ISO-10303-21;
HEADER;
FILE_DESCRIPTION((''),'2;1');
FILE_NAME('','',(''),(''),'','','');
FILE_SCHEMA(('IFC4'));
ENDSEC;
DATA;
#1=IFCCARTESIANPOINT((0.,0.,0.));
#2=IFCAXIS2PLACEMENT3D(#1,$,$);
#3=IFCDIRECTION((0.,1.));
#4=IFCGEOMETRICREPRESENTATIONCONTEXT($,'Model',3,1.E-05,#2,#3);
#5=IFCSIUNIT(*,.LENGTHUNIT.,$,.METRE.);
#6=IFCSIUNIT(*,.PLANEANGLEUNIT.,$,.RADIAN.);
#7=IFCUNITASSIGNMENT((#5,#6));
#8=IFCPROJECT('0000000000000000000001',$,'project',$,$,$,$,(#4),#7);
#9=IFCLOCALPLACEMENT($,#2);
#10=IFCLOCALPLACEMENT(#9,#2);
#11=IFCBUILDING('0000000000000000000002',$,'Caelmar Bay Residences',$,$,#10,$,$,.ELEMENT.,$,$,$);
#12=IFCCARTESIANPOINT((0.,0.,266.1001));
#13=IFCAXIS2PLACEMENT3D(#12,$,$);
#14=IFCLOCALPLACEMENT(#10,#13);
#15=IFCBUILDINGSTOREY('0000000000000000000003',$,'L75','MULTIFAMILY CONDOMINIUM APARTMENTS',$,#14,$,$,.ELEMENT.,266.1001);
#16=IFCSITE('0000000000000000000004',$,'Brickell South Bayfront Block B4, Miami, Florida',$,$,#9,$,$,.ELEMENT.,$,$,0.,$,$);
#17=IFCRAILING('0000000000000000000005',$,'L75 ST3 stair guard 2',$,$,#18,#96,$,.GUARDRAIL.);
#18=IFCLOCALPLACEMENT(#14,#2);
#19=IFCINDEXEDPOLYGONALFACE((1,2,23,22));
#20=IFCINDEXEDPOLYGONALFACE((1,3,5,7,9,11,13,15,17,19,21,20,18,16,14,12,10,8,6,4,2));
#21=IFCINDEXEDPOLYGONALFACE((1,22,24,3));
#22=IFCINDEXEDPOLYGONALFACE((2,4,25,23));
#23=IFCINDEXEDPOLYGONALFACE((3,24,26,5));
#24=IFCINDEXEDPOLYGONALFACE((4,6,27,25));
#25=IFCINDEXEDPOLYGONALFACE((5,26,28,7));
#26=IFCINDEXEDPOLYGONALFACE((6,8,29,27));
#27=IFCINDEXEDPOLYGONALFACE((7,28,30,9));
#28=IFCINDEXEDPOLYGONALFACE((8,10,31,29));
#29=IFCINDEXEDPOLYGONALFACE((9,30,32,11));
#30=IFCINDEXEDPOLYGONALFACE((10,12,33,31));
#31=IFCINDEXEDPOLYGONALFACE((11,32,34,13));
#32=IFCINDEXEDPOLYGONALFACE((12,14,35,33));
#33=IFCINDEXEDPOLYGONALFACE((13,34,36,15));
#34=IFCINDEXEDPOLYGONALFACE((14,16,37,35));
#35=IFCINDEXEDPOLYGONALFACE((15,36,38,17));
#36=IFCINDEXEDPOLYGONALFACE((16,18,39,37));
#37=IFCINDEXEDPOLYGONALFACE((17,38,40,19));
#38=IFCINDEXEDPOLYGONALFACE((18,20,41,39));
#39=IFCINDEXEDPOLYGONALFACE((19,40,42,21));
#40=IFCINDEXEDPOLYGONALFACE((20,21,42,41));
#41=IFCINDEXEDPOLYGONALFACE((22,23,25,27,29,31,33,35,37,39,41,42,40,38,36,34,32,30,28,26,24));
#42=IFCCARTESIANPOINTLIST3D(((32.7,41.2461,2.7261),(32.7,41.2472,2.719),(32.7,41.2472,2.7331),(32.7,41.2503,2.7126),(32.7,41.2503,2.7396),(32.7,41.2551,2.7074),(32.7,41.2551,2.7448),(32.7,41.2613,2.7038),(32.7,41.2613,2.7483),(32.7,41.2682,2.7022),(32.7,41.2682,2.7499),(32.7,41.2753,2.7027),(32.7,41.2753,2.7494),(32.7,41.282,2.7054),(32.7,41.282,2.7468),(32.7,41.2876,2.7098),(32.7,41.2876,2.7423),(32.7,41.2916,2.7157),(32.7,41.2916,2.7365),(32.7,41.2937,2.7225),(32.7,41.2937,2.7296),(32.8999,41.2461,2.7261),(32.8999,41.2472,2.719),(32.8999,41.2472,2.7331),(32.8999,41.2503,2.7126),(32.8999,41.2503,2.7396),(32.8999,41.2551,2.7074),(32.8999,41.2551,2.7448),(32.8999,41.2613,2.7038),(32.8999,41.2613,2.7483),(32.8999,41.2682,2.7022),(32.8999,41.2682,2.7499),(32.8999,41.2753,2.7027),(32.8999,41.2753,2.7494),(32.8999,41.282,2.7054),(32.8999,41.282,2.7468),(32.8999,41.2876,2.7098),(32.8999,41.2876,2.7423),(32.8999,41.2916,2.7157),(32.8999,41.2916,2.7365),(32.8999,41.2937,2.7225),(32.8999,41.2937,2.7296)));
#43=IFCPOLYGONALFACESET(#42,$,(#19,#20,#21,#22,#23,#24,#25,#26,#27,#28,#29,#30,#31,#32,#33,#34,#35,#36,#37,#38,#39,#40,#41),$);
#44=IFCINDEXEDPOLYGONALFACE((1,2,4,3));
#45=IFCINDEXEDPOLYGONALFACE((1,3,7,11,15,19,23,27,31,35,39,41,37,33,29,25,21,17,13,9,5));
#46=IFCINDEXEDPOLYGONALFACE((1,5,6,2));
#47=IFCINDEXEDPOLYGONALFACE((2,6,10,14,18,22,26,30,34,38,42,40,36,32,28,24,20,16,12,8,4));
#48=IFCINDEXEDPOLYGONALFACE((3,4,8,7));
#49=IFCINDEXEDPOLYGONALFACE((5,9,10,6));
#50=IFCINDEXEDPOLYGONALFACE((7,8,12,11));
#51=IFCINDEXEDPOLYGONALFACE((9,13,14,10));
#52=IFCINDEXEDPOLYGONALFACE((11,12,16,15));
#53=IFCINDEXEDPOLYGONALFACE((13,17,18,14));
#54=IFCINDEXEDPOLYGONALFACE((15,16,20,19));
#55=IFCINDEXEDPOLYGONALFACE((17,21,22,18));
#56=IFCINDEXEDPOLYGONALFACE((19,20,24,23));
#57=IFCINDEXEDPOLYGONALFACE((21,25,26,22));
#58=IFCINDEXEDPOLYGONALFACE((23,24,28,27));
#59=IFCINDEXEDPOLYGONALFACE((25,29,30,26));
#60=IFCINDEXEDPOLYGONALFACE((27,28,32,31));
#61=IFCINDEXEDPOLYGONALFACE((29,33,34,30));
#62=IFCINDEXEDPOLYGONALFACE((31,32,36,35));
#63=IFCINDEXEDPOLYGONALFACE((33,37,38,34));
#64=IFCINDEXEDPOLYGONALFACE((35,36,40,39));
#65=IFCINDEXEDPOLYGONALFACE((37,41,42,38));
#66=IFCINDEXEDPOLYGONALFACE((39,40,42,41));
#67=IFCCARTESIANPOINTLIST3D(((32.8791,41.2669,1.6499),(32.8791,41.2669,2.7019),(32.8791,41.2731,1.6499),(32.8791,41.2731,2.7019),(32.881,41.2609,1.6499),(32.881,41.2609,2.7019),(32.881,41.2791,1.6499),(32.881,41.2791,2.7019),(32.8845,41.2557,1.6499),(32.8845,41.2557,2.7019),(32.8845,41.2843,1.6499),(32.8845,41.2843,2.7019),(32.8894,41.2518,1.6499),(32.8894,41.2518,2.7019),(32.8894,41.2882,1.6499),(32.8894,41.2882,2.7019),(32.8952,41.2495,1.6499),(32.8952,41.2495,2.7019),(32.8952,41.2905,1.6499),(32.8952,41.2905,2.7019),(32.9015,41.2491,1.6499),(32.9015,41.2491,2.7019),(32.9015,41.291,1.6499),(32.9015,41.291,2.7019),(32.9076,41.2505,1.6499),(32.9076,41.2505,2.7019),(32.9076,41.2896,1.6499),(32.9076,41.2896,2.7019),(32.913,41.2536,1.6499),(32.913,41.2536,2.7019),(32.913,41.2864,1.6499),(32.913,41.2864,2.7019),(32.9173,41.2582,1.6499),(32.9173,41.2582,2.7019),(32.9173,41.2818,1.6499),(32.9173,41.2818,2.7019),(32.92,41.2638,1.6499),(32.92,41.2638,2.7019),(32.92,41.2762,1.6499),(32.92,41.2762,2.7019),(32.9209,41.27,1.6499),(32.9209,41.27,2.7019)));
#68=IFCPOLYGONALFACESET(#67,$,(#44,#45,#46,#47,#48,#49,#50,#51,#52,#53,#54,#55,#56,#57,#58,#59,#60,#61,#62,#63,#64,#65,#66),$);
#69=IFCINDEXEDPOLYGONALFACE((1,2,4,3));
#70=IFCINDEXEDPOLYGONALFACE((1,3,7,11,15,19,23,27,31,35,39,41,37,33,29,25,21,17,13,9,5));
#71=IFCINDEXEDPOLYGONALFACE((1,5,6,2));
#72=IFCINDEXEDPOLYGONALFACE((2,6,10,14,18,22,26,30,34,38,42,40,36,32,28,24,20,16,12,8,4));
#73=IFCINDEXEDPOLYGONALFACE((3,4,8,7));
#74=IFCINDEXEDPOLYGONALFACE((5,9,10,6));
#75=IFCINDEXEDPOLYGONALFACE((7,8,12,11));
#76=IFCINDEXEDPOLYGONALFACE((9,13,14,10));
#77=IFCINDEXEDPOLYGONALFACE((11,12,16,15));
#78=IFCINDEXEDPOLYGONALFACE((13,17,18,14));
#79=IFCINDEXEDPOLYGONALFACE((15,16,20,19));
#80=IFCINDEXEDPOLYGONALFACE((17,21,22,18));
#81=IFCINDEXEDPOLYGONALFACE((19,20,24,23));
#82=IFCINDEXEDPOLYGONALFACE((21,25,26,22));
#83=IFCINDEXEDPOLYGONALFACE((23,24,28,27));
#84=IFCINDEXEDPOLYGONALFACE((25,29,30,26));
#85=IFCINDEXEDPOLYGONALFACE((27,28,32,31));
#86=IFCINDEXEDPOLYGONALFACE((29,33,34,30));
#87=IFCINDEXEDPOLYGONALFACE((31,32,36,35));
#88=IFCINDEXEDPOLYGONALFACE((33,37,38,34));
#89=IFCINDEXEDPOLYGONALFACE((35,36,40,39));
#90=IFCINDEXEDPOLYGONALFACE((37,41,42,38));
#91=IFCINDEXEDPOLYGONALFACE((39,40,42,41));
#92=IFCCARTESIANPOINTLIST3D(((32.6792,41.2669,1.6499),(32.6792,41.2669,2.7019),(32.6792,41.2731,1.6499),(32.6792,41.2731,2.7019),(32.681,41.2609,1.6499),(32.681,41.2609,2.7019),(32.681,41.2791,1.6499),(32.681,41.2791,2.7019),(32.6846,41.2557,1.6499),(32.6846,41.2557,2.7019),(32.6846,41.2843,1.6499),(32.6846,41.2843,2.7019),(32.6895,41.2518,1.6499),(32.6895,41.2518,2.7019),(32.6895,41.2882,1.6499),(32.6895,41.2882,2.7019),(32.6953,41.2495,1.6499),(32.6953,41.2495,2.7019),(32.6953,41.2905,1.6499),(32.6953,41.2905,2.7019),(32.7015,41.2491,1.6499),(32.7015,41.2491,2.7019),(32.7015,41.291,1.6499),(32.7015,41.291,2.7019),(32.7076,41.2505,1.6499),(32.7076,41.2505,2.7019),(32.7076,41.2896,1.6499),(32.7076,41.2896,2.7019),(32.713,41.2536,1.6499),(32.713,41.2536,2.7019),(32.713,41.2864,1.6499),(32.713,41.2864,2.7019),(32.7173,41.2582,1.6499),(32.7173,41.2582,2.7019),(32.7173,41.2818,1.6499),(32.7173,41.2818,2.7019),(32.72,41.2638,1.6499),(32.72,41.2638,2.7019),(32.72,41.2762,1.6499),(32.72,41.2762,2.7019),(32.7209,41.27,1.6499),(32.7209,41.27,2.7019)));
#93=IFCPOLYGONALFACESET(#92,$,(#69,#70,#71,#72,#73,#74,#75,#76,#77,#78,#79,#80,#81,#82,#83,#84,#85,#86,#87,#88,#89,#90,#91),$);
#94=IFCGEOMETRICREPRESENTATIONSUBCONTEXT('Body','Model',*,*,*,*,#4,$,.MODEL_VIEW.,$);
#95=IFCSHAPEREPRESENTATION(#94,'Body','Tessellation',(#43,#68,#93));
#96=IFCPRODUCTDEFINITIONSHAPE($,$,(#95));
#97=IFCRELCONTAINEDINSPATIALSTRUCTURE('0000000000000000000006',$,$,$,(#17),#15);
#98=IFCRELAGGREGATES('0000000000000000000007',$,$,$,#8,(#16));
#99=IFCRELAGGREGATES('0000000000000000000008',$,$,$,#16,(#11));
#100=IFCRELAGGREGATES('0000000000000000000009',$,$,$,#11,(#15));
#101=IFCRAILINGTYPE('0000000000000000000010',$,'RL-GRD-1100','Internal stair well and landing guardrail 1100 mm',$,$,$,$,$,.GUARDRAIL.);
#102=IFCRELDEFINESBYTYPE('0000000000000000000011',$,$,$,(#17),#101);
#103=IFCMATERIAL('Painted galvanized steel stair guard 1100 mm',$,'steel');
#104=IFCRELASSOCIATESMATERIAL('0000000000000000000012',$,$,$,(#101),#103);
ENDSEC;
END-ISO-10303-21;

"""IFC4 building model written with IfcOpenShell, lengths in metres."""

from ifc_helpers import new_model, si_unit, direction, frame, origin, origin_2d, place, context, subcontext, project, spatial, circle, extrude, material, type_object, element, save


model = new_model("IFC4")

# Units and contexts
model_context = context("Model", 3, precision=1e-05, world=origin(), true_north=direction((0.0, 1.0)))
body_context = subcontext(model_context, "Body", "Model", "MODEL_VIEW")
ifc_project = project(units=[si_unit("LENGTHUNIT", "METRE"), si_unit("PLANEANGLEUNIT", "RADIAN")], contexts=[model_context])

# Site, building, storey
site_placement = place(None, origin())
site = spatial("IfcSite", under=ifc_project, at=site_placement, Name="Brickell South Bayfront Block B4, Miami, Florida", CompositionType="ELEMENT", RefElevation=0.0)
building_placement = place(site_placement, origin())
building = spatial("IfcBuilding", under=site, at=building_placement, Name="Caelmar Bay Residences", CompositionType="ELEMENT")
storey_placement = place(building_placement, frame((0.0, 0.0, 266.1001)))
storey = spatial("IfcBuildingStorey", under=building, at=storey_placement, Name="L75", Description="MULTIFAMILY CONDOMINIUM APARTMENTS", CompositionType="ELEMENT", Elevation=266.1001)

# Railing
ifc_material_1 = material(Name="Painted galvanized steel stair guard 1100 mm", Category="steel")
railing_type_1 = type_object("IfcRailingType", Name="RL-GRD-1100", Description="Internal stair well and landing guardrail 1100 mm", PredefinedType="GUARDRAIL", material=ifc_material_1)
railing_1_placement = place(storey_placement, frame((32.8999, 41.27, 1.6499)))
element("IfcRailing", 1, at=railing_1_placement, inside=storey, type_object=railing_type_1, Name="L75 ST3 stair guard 2", PredefinedType="GUARDRAIL", context=body_context, shape_type="SweptSolid", body=[
    extrude(circle(Radius=0.0239, at=origin_2d()), frame((0.0, 0.0, 1.0762), z_axis=(-1.0, 0.0, 0.0), x_axis=(0.0, -1.0, 0.0)), (0.0, 0.0, 1.0), 0.2),
    extrude(circle(Radius=0.021, at=origin_2d()), origin(), (0.0, 0.0, 1.0), 1.052),
    extrude(circle(Radius=0.021, at=origin_2d()), frame((-0.2, 0.0, 0.0)), (0.0, 0.0, 1.0), 1.052),
])

save(model, "model.ifc")
